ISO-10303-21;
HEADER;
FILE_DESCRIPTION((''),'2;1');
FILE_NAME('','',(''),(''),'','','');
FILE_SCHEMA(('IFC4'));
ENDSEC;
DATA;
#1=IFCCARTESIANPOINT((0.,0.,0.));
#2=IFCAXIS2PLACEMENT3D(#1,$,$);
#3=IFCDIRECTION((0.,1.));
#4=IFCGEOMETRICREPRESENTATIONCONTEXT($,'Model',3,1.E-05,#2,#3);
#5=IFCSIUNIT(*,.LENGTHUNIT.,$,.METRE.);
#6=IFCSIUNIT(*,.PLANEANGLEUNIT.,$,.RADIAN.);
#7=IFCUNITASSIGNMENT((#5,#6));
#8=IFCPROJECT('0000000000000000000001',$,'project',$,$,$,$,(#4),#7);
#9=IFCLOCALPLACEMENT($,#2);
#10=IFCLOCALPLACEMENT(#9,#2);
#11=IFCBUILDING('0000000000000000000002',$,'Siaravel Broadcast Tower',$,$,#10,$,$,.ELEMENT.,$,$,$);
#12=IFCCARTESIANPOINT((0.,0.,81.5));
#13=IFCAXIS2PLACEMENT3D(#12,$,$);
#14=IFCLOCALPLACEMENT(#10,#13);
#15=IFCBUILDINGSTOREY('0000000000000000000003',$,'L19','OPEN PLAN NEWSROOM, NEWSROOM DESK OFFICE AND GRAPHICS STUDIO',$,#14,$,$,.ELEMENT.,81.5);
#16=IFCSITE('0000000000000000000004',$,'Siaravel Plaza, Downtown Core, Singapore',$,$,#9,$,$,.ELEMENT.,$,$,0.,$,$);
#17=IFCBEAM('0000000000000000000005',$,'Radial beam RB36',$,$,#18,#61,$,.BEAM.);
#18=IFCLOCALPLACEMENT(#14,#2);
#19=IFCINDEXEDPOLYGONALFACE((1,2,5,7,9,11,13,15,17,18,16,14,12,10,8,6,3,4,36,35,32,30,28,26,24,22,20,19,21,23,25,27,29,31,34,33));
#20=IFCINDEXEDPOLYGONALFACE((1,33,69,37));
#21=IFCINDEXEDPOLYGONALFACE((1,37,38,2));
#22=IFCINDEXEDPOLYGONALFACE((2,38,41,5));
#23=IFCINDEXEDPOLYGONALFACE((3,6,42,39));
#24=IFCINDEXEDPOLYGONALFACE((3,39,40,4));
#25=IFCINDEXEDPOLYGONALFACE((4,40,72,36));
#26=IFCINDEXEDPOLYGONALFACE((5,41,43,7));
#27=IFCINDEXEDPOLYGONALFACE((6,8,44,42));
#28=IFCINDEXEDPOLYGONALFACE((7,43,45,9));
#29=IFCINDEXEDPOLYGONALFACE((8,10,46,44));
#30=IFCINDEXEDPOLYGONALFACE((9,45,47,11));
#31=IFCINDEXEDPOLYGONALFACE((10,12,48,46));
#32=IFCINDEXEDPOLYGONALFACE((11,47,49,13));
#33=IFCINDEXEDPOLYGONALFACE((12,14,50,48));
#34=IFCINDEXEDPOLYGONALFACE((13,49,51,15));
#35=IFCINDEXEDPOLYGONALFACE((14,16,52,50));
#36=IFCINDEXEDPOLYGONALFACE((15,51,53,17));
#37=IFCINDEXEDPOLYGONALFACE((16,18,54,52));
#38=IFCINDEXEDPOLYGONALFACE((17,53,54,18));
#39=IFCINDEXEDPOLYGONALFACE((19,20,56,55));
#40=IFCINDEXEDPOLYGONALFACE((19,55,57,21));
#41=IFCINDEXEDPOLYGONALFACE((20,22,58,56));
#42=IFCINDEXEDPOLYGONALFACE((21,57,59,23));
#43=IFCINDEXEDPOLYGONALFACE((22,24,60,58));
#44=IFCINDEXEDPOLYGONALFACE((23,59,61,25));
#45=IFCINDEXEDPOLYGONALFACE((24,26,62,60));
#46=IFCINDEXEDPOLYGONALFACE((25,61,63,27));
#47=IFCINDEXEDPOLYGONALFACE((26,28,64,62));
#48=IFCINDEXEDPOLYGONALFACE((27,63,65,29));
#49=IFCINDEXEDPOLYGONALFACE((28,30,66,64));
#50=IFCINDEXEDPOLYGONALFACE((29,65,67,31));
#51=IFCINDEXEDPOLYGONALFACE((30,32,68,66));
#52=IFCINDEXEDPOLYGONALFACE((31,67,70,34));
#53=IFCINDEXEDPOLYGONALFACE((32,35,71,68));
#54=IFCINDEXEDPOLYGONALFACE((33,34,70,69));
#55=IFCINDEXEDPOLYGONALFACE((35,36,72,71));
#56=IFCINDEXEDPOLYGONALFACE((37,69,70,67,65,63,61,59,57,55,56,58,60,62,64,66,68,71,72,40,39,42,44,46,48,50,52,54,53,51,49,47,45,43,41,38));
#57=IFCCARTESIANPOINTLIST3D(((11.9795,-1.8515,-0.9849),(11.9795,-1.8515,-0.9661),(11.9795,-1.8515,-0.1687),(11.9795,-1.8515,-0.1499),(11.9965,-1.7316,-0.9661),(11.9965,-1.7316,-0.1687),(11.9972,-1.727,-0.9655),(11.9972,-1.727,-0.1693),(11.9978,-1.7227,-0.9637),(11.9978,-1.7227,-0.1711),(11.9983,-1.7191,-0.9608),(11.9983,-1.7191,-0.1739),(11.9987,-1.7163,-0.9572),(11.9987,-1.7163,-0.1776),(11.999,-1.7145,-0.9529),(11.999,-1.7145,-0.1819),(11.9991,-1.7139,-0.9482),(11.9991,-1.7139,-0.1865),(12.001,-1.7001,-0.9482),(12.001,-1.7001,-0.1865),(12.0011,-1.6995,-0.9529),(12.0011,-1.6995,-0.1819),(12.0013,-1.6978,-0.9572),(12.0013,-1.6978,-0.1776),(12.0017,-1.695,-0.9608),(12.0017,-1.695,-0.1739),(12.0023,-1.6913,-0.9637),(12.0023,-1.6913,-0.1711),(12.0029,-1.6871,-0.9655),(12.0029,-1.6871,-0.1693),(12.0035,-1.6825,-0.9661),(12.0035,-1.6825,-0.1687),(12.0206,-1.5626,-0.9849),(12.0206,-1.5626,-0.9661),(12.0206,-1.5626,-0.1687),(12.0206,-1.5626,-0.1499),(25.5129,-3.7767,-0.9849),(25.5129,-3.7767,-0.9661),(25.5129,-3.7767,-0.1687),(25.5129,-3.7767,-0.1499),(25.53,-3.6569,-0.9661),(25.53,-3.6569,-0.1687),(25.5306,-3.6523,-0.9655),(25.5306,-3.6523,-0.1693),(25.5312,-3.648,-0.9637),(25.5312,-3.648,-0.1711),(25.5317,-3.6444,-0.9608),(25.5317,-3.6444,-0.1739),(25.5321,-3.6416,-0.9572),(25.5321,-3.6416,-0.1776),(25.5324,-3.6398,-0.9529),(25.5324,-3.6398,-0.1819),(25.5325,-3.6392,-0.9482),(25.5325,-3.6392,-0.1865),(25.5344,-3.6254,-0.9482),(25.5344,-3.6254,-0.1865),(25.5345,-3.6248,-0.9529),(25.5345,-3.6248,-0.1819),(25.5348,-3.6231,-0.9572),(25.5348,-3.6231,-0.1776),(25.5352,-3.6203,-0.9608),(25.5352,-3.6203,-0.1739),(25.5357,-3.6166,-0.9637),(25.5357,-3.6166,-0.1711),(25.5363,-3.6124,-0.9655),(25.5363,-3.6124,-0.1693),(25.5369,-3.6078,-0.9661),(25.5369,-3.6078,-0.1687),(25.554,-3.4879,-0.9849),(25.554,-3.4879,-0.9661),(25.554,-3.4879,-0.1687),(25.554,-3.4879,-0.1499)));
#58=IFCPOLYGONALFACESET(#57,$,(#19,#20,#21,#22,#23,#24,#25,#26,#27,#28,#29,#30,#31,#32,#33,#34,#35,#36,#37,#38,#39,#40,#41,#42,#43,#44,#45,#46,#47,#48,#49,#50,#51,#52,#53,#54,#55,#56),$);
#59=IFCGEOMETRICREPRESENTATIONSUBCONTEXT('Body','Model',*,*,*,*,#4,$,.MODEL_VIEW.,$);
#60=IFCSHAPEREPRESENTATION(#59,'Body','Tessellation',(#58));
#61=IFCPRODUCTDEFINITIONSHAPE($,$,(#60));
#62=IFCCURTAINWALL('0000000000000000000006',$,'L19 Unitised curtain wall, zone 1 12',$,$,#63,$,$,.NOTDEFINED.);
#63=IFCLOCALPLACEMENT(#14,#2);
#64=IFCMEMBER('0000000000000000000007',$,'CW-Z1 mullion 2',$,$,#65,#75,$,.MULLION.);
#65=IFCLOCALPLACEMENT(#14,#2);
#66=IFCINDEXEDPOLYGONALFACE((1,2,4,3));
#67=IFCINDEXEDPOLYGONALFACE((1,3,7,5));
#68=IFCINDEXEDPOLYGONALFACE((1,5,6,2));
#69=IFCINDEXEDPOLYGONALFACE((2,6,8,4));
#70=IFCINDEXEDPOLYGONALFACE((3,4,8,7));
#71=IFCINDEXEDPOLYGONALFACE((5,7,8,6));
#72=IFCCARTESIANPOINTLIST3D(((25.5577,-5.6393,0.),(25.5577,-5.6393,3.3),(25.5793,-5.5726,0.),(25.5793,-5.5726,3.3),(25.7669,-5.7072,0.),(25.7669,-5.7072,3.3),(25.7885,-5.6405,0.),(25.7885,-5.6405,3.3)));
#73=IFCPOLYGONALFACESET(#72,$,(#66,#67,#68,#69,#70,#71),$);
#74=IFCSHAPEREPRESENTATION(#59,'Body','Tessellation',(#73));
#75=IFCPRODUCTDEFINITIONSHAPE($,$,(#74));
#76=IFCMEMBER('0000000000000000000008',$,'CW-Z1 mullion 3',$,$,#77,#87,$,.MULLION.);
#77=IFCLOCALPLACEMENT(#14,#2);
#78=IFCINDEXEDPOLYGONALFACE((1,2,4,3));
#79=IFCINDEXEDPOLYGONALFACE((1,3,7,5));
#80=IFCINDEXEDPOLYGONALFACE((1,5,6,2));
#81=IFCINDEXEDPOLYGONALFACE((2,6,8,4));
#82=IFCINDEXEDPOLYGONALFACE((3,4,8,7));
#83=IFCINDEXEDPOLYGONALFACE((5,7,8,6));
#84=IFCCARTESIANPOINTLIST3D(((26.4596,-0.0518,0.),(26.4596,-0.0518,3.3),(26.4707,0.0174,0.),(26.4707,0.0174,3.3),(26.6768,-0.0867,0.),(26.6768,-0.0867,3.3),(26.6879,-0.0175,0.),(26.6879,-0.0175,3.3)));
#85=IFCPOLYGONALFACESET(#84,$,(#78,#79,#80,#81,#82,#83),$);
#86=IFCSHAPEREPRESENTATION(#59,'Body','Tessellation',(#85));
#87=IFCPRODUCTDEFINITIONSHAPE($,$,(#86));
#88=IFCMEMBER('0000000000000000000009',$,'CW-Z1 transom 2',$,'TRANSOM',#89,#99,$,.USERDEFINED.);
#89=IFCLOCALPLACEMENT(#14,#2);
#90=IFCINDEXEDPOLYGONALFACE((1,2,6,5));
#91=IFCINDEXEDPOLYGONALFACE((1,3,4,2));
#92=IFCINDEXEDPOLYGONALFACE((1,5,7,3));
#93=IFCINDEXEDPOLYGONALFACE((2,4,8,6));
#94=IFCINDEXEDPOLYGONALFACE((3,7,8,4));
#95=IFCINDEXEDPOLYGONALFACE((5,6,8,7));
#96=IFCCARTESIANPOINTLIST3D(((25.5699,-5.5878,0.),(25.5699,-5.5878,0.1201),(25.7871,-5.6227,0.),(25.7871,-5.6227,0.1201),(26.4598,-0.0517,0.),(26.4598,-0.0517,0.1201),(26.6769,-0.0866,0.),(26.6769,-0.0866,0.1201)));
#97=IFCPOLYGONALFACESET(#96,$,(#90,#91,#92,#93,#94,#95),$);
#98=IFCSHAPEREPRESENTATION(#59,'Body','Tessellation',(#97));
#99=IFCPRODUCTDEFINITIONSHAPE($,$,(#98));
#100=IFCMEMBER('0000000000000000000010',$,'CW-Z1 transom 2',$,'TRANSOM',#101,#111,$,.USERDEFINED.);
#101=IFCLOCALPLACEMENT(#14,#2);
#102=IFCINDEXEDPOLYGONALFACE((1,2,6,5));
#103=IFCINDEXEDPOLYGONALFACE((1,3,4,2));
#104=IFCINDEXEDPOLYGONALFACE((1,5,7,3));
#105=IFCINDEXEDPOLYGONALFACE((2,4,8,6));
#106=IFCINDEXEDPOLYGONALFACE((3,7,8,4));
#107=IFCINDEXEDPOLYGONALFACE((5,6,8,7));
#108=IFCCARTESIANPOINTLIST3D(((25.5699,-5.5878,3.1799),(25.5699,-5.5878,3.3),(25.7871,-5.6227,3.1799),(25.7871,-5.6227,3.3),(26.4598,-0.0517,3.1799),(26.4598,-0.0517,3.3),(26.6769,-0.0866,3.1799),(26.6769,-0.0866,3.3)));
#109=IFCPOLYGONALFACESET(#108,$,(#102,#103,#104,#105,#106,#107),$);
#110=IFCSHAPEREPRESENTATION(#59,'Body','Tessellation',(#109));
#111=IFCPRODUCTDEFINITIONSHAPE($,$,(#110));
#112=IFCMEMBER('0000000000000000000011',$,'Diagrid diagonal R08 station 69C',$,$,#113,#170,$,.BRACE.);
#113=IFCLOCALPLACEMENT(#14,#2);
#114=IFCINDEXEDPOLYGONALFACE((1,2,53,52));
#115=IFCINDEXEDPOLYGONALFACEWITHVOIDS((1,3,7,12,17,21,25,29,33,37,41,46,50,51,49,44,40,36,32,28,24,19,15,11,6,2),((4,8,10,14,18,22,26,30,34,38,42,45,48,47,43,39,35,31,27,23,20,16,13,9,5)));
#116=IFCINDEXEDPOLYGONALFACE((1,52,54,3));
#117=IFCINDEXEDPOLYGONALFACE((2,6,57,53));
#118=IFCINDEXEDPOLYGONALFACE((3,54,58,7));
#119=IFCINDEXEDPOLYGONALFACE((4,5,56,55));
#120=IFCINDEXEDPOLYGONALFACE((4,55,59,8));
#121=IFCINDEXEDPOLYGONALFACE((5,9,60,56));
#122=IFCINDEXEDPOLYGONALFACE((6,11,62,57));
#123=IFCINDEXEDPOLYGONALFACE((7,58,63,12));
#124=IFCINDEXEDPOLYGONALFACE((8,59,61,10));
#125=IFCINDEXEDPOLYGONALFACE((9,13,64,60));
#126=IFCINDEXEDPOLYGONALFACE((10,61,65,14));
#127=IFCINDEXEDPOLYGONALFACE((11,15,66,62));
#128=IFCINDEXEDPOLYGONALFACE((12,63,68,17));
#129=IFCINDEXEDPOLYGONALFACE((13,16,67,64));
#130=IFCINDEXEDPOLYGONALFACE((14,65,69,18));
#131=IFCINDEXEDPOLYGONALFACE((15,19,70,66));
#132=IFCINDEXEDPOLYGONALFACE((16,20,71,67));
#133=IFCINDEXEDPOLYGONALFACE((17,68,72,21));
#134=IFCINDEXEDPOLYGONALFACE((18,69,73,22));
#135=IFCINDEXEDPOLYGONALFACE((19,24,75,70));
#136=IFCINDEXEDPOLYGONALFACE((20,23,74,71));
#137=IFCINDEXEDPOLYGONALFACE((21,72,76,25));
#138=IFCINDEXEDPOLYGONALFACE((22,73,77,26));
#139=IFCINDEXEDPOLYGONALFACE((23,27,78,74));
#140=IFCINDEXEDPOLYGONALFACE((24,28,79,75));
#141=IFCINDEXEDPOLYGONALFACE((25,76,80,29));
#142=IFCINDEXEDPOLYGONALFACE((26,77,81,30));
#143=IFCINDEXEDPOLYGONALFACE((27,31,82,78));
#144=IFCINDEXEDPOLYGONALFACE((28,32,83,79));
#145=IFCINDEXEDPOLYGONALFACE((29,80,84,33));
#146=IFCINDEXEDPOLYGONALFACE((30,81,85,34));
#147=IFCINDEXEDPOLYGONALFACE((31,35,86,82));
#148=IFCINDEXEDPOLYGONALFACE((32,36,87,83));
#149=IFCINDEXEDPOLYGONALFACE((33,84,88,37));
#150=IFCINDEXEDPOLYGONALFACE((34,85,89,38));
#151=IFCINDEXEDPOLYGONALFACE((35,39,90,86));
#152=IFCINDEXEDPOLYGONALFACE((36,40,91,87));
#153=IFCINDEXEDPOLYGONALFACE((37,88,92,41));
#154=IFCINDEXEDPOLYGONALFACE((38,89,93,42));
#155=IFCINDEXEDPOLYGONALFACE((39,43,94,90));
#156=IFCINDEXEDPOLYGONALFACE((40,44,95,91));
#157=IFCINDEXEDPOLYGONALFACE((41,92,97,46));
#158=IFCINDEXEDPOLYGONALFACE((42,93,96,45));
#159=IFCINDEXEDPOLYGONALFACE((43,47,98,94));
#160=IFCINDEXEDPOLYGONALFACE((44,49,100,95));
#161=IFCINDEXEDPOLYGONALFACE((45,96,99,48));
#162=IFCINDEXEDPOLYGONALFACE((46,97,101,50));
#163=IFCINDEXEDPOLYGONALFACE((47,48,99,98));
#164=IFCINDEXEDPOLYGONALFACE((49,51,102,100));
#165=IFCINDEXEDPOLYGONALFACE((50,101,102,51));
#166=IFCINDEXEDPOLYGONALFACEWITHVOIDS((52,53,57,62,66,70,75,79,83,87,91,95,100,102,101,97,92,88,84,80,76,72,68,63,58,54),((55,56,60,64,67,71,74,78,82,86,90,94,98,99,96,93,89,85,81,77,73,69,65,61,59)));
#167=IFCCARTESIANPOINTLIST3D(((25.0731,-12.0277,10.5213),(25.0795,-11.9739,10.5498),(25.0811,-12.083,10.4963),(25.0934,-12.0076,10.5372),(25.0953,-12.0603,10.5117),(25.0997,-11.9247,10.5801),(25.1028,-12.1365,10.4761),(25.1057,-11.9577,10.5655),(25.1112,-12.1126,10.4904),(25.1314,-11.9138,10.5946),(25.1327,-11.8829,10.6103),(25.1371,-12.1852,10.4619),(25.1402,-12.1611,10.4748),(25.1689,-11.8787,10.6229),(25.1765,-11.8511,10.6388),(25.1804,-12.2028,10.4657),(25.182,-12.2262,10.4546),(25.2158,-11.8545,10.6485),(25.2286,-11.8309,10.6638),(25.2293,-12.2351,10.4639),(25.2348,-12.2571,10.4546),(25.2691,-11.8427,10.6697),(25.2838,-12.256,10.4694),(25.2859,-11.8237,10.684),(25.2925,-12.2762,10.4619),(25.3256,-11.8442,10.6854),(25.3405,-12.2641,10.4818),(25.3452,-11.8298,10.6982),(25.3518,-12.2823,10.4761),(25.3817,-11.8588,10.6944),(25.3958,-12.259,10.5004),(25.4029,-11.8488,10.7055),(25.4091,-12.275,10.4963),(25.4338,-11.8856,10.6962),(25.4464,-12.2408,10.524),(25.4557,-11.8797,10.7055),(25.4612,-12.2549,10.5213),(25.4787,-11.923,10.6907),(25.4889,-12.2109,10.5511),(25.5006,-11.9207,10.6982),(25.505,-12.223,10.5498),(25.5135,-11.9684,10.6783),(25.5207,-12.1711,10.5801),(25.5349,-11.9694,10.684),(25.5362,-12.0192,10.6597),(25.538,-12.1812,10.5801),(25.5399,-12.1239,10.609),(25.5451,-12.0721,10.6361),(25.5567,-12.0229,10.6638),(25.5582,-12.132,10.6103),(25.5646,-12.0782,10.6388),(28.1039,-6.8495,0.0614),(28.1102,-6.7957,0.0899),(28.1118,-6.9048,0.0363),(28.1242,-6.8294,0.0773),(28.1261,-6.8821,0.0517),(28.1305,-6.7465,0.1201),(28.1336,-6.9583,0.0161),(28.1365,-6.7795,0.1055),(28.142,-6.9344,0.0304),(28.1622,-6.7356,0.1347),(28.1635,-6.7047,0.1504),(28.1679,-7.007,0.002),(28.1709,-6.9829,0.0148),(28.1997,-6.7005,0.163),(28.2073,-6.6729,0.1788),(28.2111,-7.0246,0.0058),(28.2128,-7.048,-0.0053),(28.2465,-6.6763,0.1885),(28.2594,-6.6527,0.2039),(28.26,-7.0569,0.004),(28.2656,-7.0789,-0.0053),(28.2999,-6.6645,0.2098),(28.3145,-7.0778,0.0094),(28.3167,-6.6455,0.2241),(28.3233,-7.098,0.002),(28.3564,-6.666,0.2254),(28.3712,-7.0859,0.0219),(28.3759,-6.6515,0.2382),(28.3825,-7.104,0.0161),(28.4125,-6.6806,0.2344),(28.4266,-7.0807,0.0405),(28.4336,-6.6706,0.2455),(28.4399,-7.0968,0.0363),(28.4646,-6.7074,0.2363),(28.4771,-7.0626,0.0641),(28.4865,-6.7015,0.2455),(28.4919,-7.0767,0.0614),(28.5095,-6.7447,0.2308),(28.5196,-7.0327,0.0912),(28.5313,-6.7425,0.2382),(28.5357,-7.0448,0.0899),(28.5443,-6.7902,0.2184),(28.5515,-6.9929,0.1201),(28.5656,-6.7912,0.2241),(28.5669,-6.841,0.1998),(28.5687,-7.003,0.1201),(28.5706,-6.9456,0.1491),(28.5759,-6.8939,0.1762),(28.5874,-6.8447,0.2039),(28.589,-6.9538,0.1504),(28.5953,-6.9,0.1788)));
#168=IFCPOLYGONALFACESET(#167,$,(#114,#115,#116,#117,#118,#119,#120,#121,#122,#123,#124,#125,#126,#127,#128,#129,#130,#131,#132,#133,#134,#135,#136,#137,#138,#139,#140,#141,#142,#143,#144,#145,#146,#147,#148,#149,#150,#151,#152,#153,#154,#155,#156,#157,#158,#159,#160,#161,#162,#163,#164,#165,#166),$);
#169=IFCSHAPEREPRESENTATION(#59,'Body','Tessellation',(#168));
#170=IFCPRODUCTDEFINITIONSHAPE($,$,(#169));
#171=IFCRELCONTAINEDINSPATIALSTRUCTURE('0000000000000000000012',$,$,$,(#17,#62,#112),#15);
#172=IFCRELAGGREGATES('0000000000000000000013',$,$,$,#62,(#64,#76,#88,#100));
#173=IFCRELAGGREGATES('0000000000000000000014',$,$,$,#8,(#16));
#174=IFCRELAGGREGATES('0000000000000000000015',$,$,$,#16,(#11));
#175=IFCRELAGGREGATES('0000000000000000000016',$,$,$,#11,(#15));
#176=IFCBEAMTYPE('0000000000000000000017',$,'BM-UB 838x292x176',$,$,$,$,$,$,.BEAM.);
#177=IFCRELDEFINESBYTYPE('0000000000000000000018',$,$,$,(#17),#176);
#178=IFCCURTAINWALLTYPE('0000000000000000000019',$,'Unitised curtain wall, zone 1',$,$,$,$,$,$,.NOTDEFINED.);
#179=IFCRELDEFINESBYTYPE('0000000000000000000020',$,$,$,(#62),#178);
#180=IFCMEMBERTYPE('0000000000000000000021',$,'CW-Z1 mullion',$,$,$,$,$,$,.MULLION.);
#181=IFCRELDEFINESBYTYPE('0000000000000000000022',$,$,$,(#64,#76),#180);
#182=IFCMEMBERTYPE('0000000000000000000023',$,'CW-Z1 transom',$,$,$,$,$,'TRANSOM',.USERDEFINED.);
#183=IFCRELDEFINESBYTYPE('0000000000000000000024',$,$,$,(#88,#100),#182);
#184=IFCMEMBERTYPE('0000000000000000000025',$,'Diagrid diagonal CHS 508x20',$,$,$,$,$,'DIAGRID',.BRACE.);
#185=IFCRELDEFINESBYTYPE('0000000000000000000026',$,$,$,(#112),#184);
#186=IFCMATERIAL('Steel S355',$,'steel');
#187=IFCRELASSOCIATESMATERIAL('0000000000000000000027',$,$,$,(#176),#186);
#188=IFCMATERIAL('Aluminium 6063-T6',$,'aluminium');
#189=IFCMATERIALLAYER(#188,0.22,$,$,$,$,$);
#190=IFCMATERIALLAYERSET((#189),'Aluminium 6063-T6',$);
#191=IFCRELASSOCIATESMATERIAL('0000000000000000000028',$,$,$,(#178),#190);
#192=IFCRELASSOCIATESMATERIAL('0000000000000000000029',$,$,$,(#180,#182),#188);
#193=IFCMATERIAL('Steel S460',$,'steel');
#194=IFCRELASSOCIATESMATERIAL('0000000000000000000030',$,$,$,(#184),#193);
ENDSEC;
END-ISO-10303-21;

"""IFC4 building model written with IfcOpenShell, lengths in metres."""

from ifc_helpers import new_model, si_unit, direction, frame, origin, origin_2d, place, context, subcontext, project, spatial, rectangle, hollow_circle, i_section, extrude, material, layer, layer_set, material_profile, profile_set, type_object, element, aggregate, save


model = new_model("IFC4")

# Units and contexts
model_context = context("Model", 3, precision=1e-05, world=origin(), true_north=direction((0.0, 1.0)))
body_context = subcontext(model_context, "Body", "Model", "MODEL_VIEW")
ifc_project = project(units=[si_unit("LENGTHUNIT", "METRE"), si_unit("PLANEANGLEUNIT", "RADIAN")], contexts=[model_context])

# Site, building, storey
site_placement = place(None, origin())
site = spatial("IfcSite", under=ifc_project, at=site_placement, Name="Siaravel Plaza, Downtown Core, Singapore", CompositionType="ELEMENT", RefElevation=0.0)
building_placement = place(site_placement, origin())
building = spatial("IfcBuilding", under=site, at=building_placement, Name="Siaravel Broadcast Tower", CompositionType="ELEMENT")
storey_placement = place(building_placement, frame((0.0, 0.0, 81.5)))
storey = spatial("IfcBuildingStorey", under=building, at=storey_placement, Name="L19", Description="OPEN PLAN NEWSROOM, NEWSROOM DESK OFFICE AND GRAPHICS STUDIO", CompositionType="ELEMENT", Elevation=81.5)

# Beam
ifc_material_1 = material(Name="Steel S355", Category="steel")
ifc_material_profile_1 = material_profile(ifc_material_1, i_section(OverallWidth=0.2917, OverallDepth=0.835, WebThickness=0.0139, FlangeThickness=0.0188, FilletRadius=0.0178, at=origin_2d()))
ifc_profile_set_1 = profile_set([ifc_material_profile_1], Name="Steel S355")
beam_type = type_object("IfcBeamType", Name="BM-UB 838x292x176", PredefinedType="BEAM", material=ifc_profile_set_1)
beam_1_placement = place(storey_placement, frame((25.5334, -3.6323, -0.5674), z_axis=(-0.990032, 0.140844, 0.0), x_axis=(-0.140844, -0.990032, 0.0)))
element("IfcBeam", 1, at=beam_1_placement, inside=storey, type_object=beam_type, Name="Radial beam RB36", PredefinedType="BEAM", context=body_context, shape_type="SweptSolid", body=[
    extrude(i_section(OverallWidth=0.2917, OverallDepth=0.835, WebThickness=0.0139, FlangeThickness=0.0188, FilletRadius=0.0178, at=origin_2d()), origin(), (0.0, 0.0, 1.0), 13.6697),
])

# Curtain wall, members
ifc_material_2 = material(Name="Aluminium 6063-T6", Category="aluminium")
ifc_layer_1 = layer(ifc_material_2, 0.22)
ifc_layer_set_1 = layer_set([ifc_layer_1], Name="Aluminium 6063-T6")
curtain_wall_type = type_object("IfcCurtainWallType", Name="Unitised curtain wall, zone 1", PredefinedType="NOTDEFINED", material=ifc_layer_set_1)
curtain_wall_placement = place(storey_placement, origin())
curtain_wall = element("IfcCurtainWall", 2, at=curtain_wall_placement, inside=storey, type_object=curtain_wall_type, Name="L19 Unitised curtain wall, zone 1 12", PredefinedType="NOTDEFINED")
ifc_material_profile_2 = material_profile(ifc_material_2, rectangle(XDim=0.22, YDim=0.0701, at=origin_2d()))
ifc_profile_set_2 = profile_set([ifc_material_profile_2], Name="Aluminium 6063-T6")
member_type_1 = type_object("IfcMemberType", Name="CW-Z1 mullion", PredefinedType="MULLION", material=ifc_profile_set_2)
member_1_placement = place(storey_placement, frame((25.6731, -5.6399, 0.0), z_axis=(0.0, 0.0, 1.0), x_axis=(-0.951177, 0.308645, 0.0)))
member_1 = element("IfcMember", 3, at=member_1_placement, type_object=member_type_1, Name="CW-Z1 mullion 2", PredefinedType="MULLION", context=body_context, shape_type="SweptSolid", body=[
    extrude(rectangle(XDim=0.22, YDim=0.0701, at=origin_2d()), origin(), (0.0, 0.0, 1.0), 3.3),
])
member_2_placement = place(storey_placement, frame((26.5737, -0.0347, 0.0), z_axis=(0.0, 0.0, 1.0), x_axis=(-0.987329, 0.158685, 0.0)))
member_2 = element("IfcMember", 4, at=member_2_placement, type_object=member_type_1, Name="CW-Z1 mullion 3", PredefinedType="MULLION", context=body_context, shape_type="SweptSolid", body=[
    extrude(rectangle(XDim=0.22, YDim=0.0701, at=origin_2d()), origin(), (0.0, 0.0, 1.0), 3.3),
])
ifc_material_profile_3 = material_profile(ifc_material_2, rectangle(XDim=0.22, YDim=0.1201, at=origin_2d()))
ifc_profile_set_3 = profile_set([ifc_material_profile_3], Name="Aluminium 6063-T6")
member_type_2 = type_object("IfcMemberType", Name="CW-Z1 transom", ElementType="TRANSOM", PredefinedType="USERDEFINED", material=ifc_profile_set_3)
member_3_placement = place(storey_placement, frame((25.6785, -5.6052, 0.0601), z_axis=(0.158705, 0.987326, 0.0), x_axis=(-0.987326, 0.158705, 0.0)))
member_3 = element("IfcMember", 5, at=member_3_placement, type_object=member_type_2, Name="CW-Z1 transom 2", ObjectType="TRANSOM", PredefinedType="USERDEFINED", context=body_context, shape_type="SweptSolid", body=[
    extrude(rectangle(XDim=0.22, YDim=0.1201, at=origin_2d()), origin(), (0.0, 0.0, 1.0), 5.6072),
])
member_4_placement = place(storey_placement, frame((25.6785, -5.6052, 3.24), z_axis=(0.158705, 0.987326, 0.0), x_axis=(-0.987326, 0.158705, 0.0)))
member_4 = element("IfcMember", 6, at=member_4_placement, type_object=member_type_2, Name="CW-Z1 transom 2", ObjectType="TRANSOM", PredefinedType="USERDEFINED", context=body_context, shape_type="SweptSolid", body=[
    extrude(rectangle(XDim=0.22, YDim=0.1201, at=origin_2d()), origin(), (0.0, 0.0, 1.0), 5.6072),
])

# Member
ifc_material_3 = material(Name="Steel S460", Category="steel")
ifc_material_profile_4 = material_profile(ifc_material_3, hollow_circle(Radius=0.2539, WallThickness=0.02, at=origin_2d()))
ifc_profile_set_4 = profile_set([ifc_material_profile_4], Name="Steel S460")
member_type_3 = type_object("IfcMemberType", Name="Diagrid diagonal CHS 508x20", ElementType="DIAGRID", PredefinedType="BRACE", material=ifc_profile_set_4)
member_5_placement = place(storey_placement, frame((28.3496, -6.8748, 0.1201), z_axis=(-0.251336, -0.429421, 0.867426), x_axis=(0.863043, -0.50513, 0.0)))
element("IfcMember", 7, at=member_5_placement, inside=storey, type_object=member_type_3, Name="Diagrid diagonal R08 station 69C", PredefinedType="BRACE", context=body_context, shape_type="SweptSolid", body=[
    extrude(hollow_circle(Radius=0.2539, WallThickness=0.02, at=origin_2d()), origin(), (0.0, 0.0, 1.0), 12.0586),
])

aggregate(curtain_wall, [member_1, member_2, member_3, member_4])

save(model, "model.ifc")
